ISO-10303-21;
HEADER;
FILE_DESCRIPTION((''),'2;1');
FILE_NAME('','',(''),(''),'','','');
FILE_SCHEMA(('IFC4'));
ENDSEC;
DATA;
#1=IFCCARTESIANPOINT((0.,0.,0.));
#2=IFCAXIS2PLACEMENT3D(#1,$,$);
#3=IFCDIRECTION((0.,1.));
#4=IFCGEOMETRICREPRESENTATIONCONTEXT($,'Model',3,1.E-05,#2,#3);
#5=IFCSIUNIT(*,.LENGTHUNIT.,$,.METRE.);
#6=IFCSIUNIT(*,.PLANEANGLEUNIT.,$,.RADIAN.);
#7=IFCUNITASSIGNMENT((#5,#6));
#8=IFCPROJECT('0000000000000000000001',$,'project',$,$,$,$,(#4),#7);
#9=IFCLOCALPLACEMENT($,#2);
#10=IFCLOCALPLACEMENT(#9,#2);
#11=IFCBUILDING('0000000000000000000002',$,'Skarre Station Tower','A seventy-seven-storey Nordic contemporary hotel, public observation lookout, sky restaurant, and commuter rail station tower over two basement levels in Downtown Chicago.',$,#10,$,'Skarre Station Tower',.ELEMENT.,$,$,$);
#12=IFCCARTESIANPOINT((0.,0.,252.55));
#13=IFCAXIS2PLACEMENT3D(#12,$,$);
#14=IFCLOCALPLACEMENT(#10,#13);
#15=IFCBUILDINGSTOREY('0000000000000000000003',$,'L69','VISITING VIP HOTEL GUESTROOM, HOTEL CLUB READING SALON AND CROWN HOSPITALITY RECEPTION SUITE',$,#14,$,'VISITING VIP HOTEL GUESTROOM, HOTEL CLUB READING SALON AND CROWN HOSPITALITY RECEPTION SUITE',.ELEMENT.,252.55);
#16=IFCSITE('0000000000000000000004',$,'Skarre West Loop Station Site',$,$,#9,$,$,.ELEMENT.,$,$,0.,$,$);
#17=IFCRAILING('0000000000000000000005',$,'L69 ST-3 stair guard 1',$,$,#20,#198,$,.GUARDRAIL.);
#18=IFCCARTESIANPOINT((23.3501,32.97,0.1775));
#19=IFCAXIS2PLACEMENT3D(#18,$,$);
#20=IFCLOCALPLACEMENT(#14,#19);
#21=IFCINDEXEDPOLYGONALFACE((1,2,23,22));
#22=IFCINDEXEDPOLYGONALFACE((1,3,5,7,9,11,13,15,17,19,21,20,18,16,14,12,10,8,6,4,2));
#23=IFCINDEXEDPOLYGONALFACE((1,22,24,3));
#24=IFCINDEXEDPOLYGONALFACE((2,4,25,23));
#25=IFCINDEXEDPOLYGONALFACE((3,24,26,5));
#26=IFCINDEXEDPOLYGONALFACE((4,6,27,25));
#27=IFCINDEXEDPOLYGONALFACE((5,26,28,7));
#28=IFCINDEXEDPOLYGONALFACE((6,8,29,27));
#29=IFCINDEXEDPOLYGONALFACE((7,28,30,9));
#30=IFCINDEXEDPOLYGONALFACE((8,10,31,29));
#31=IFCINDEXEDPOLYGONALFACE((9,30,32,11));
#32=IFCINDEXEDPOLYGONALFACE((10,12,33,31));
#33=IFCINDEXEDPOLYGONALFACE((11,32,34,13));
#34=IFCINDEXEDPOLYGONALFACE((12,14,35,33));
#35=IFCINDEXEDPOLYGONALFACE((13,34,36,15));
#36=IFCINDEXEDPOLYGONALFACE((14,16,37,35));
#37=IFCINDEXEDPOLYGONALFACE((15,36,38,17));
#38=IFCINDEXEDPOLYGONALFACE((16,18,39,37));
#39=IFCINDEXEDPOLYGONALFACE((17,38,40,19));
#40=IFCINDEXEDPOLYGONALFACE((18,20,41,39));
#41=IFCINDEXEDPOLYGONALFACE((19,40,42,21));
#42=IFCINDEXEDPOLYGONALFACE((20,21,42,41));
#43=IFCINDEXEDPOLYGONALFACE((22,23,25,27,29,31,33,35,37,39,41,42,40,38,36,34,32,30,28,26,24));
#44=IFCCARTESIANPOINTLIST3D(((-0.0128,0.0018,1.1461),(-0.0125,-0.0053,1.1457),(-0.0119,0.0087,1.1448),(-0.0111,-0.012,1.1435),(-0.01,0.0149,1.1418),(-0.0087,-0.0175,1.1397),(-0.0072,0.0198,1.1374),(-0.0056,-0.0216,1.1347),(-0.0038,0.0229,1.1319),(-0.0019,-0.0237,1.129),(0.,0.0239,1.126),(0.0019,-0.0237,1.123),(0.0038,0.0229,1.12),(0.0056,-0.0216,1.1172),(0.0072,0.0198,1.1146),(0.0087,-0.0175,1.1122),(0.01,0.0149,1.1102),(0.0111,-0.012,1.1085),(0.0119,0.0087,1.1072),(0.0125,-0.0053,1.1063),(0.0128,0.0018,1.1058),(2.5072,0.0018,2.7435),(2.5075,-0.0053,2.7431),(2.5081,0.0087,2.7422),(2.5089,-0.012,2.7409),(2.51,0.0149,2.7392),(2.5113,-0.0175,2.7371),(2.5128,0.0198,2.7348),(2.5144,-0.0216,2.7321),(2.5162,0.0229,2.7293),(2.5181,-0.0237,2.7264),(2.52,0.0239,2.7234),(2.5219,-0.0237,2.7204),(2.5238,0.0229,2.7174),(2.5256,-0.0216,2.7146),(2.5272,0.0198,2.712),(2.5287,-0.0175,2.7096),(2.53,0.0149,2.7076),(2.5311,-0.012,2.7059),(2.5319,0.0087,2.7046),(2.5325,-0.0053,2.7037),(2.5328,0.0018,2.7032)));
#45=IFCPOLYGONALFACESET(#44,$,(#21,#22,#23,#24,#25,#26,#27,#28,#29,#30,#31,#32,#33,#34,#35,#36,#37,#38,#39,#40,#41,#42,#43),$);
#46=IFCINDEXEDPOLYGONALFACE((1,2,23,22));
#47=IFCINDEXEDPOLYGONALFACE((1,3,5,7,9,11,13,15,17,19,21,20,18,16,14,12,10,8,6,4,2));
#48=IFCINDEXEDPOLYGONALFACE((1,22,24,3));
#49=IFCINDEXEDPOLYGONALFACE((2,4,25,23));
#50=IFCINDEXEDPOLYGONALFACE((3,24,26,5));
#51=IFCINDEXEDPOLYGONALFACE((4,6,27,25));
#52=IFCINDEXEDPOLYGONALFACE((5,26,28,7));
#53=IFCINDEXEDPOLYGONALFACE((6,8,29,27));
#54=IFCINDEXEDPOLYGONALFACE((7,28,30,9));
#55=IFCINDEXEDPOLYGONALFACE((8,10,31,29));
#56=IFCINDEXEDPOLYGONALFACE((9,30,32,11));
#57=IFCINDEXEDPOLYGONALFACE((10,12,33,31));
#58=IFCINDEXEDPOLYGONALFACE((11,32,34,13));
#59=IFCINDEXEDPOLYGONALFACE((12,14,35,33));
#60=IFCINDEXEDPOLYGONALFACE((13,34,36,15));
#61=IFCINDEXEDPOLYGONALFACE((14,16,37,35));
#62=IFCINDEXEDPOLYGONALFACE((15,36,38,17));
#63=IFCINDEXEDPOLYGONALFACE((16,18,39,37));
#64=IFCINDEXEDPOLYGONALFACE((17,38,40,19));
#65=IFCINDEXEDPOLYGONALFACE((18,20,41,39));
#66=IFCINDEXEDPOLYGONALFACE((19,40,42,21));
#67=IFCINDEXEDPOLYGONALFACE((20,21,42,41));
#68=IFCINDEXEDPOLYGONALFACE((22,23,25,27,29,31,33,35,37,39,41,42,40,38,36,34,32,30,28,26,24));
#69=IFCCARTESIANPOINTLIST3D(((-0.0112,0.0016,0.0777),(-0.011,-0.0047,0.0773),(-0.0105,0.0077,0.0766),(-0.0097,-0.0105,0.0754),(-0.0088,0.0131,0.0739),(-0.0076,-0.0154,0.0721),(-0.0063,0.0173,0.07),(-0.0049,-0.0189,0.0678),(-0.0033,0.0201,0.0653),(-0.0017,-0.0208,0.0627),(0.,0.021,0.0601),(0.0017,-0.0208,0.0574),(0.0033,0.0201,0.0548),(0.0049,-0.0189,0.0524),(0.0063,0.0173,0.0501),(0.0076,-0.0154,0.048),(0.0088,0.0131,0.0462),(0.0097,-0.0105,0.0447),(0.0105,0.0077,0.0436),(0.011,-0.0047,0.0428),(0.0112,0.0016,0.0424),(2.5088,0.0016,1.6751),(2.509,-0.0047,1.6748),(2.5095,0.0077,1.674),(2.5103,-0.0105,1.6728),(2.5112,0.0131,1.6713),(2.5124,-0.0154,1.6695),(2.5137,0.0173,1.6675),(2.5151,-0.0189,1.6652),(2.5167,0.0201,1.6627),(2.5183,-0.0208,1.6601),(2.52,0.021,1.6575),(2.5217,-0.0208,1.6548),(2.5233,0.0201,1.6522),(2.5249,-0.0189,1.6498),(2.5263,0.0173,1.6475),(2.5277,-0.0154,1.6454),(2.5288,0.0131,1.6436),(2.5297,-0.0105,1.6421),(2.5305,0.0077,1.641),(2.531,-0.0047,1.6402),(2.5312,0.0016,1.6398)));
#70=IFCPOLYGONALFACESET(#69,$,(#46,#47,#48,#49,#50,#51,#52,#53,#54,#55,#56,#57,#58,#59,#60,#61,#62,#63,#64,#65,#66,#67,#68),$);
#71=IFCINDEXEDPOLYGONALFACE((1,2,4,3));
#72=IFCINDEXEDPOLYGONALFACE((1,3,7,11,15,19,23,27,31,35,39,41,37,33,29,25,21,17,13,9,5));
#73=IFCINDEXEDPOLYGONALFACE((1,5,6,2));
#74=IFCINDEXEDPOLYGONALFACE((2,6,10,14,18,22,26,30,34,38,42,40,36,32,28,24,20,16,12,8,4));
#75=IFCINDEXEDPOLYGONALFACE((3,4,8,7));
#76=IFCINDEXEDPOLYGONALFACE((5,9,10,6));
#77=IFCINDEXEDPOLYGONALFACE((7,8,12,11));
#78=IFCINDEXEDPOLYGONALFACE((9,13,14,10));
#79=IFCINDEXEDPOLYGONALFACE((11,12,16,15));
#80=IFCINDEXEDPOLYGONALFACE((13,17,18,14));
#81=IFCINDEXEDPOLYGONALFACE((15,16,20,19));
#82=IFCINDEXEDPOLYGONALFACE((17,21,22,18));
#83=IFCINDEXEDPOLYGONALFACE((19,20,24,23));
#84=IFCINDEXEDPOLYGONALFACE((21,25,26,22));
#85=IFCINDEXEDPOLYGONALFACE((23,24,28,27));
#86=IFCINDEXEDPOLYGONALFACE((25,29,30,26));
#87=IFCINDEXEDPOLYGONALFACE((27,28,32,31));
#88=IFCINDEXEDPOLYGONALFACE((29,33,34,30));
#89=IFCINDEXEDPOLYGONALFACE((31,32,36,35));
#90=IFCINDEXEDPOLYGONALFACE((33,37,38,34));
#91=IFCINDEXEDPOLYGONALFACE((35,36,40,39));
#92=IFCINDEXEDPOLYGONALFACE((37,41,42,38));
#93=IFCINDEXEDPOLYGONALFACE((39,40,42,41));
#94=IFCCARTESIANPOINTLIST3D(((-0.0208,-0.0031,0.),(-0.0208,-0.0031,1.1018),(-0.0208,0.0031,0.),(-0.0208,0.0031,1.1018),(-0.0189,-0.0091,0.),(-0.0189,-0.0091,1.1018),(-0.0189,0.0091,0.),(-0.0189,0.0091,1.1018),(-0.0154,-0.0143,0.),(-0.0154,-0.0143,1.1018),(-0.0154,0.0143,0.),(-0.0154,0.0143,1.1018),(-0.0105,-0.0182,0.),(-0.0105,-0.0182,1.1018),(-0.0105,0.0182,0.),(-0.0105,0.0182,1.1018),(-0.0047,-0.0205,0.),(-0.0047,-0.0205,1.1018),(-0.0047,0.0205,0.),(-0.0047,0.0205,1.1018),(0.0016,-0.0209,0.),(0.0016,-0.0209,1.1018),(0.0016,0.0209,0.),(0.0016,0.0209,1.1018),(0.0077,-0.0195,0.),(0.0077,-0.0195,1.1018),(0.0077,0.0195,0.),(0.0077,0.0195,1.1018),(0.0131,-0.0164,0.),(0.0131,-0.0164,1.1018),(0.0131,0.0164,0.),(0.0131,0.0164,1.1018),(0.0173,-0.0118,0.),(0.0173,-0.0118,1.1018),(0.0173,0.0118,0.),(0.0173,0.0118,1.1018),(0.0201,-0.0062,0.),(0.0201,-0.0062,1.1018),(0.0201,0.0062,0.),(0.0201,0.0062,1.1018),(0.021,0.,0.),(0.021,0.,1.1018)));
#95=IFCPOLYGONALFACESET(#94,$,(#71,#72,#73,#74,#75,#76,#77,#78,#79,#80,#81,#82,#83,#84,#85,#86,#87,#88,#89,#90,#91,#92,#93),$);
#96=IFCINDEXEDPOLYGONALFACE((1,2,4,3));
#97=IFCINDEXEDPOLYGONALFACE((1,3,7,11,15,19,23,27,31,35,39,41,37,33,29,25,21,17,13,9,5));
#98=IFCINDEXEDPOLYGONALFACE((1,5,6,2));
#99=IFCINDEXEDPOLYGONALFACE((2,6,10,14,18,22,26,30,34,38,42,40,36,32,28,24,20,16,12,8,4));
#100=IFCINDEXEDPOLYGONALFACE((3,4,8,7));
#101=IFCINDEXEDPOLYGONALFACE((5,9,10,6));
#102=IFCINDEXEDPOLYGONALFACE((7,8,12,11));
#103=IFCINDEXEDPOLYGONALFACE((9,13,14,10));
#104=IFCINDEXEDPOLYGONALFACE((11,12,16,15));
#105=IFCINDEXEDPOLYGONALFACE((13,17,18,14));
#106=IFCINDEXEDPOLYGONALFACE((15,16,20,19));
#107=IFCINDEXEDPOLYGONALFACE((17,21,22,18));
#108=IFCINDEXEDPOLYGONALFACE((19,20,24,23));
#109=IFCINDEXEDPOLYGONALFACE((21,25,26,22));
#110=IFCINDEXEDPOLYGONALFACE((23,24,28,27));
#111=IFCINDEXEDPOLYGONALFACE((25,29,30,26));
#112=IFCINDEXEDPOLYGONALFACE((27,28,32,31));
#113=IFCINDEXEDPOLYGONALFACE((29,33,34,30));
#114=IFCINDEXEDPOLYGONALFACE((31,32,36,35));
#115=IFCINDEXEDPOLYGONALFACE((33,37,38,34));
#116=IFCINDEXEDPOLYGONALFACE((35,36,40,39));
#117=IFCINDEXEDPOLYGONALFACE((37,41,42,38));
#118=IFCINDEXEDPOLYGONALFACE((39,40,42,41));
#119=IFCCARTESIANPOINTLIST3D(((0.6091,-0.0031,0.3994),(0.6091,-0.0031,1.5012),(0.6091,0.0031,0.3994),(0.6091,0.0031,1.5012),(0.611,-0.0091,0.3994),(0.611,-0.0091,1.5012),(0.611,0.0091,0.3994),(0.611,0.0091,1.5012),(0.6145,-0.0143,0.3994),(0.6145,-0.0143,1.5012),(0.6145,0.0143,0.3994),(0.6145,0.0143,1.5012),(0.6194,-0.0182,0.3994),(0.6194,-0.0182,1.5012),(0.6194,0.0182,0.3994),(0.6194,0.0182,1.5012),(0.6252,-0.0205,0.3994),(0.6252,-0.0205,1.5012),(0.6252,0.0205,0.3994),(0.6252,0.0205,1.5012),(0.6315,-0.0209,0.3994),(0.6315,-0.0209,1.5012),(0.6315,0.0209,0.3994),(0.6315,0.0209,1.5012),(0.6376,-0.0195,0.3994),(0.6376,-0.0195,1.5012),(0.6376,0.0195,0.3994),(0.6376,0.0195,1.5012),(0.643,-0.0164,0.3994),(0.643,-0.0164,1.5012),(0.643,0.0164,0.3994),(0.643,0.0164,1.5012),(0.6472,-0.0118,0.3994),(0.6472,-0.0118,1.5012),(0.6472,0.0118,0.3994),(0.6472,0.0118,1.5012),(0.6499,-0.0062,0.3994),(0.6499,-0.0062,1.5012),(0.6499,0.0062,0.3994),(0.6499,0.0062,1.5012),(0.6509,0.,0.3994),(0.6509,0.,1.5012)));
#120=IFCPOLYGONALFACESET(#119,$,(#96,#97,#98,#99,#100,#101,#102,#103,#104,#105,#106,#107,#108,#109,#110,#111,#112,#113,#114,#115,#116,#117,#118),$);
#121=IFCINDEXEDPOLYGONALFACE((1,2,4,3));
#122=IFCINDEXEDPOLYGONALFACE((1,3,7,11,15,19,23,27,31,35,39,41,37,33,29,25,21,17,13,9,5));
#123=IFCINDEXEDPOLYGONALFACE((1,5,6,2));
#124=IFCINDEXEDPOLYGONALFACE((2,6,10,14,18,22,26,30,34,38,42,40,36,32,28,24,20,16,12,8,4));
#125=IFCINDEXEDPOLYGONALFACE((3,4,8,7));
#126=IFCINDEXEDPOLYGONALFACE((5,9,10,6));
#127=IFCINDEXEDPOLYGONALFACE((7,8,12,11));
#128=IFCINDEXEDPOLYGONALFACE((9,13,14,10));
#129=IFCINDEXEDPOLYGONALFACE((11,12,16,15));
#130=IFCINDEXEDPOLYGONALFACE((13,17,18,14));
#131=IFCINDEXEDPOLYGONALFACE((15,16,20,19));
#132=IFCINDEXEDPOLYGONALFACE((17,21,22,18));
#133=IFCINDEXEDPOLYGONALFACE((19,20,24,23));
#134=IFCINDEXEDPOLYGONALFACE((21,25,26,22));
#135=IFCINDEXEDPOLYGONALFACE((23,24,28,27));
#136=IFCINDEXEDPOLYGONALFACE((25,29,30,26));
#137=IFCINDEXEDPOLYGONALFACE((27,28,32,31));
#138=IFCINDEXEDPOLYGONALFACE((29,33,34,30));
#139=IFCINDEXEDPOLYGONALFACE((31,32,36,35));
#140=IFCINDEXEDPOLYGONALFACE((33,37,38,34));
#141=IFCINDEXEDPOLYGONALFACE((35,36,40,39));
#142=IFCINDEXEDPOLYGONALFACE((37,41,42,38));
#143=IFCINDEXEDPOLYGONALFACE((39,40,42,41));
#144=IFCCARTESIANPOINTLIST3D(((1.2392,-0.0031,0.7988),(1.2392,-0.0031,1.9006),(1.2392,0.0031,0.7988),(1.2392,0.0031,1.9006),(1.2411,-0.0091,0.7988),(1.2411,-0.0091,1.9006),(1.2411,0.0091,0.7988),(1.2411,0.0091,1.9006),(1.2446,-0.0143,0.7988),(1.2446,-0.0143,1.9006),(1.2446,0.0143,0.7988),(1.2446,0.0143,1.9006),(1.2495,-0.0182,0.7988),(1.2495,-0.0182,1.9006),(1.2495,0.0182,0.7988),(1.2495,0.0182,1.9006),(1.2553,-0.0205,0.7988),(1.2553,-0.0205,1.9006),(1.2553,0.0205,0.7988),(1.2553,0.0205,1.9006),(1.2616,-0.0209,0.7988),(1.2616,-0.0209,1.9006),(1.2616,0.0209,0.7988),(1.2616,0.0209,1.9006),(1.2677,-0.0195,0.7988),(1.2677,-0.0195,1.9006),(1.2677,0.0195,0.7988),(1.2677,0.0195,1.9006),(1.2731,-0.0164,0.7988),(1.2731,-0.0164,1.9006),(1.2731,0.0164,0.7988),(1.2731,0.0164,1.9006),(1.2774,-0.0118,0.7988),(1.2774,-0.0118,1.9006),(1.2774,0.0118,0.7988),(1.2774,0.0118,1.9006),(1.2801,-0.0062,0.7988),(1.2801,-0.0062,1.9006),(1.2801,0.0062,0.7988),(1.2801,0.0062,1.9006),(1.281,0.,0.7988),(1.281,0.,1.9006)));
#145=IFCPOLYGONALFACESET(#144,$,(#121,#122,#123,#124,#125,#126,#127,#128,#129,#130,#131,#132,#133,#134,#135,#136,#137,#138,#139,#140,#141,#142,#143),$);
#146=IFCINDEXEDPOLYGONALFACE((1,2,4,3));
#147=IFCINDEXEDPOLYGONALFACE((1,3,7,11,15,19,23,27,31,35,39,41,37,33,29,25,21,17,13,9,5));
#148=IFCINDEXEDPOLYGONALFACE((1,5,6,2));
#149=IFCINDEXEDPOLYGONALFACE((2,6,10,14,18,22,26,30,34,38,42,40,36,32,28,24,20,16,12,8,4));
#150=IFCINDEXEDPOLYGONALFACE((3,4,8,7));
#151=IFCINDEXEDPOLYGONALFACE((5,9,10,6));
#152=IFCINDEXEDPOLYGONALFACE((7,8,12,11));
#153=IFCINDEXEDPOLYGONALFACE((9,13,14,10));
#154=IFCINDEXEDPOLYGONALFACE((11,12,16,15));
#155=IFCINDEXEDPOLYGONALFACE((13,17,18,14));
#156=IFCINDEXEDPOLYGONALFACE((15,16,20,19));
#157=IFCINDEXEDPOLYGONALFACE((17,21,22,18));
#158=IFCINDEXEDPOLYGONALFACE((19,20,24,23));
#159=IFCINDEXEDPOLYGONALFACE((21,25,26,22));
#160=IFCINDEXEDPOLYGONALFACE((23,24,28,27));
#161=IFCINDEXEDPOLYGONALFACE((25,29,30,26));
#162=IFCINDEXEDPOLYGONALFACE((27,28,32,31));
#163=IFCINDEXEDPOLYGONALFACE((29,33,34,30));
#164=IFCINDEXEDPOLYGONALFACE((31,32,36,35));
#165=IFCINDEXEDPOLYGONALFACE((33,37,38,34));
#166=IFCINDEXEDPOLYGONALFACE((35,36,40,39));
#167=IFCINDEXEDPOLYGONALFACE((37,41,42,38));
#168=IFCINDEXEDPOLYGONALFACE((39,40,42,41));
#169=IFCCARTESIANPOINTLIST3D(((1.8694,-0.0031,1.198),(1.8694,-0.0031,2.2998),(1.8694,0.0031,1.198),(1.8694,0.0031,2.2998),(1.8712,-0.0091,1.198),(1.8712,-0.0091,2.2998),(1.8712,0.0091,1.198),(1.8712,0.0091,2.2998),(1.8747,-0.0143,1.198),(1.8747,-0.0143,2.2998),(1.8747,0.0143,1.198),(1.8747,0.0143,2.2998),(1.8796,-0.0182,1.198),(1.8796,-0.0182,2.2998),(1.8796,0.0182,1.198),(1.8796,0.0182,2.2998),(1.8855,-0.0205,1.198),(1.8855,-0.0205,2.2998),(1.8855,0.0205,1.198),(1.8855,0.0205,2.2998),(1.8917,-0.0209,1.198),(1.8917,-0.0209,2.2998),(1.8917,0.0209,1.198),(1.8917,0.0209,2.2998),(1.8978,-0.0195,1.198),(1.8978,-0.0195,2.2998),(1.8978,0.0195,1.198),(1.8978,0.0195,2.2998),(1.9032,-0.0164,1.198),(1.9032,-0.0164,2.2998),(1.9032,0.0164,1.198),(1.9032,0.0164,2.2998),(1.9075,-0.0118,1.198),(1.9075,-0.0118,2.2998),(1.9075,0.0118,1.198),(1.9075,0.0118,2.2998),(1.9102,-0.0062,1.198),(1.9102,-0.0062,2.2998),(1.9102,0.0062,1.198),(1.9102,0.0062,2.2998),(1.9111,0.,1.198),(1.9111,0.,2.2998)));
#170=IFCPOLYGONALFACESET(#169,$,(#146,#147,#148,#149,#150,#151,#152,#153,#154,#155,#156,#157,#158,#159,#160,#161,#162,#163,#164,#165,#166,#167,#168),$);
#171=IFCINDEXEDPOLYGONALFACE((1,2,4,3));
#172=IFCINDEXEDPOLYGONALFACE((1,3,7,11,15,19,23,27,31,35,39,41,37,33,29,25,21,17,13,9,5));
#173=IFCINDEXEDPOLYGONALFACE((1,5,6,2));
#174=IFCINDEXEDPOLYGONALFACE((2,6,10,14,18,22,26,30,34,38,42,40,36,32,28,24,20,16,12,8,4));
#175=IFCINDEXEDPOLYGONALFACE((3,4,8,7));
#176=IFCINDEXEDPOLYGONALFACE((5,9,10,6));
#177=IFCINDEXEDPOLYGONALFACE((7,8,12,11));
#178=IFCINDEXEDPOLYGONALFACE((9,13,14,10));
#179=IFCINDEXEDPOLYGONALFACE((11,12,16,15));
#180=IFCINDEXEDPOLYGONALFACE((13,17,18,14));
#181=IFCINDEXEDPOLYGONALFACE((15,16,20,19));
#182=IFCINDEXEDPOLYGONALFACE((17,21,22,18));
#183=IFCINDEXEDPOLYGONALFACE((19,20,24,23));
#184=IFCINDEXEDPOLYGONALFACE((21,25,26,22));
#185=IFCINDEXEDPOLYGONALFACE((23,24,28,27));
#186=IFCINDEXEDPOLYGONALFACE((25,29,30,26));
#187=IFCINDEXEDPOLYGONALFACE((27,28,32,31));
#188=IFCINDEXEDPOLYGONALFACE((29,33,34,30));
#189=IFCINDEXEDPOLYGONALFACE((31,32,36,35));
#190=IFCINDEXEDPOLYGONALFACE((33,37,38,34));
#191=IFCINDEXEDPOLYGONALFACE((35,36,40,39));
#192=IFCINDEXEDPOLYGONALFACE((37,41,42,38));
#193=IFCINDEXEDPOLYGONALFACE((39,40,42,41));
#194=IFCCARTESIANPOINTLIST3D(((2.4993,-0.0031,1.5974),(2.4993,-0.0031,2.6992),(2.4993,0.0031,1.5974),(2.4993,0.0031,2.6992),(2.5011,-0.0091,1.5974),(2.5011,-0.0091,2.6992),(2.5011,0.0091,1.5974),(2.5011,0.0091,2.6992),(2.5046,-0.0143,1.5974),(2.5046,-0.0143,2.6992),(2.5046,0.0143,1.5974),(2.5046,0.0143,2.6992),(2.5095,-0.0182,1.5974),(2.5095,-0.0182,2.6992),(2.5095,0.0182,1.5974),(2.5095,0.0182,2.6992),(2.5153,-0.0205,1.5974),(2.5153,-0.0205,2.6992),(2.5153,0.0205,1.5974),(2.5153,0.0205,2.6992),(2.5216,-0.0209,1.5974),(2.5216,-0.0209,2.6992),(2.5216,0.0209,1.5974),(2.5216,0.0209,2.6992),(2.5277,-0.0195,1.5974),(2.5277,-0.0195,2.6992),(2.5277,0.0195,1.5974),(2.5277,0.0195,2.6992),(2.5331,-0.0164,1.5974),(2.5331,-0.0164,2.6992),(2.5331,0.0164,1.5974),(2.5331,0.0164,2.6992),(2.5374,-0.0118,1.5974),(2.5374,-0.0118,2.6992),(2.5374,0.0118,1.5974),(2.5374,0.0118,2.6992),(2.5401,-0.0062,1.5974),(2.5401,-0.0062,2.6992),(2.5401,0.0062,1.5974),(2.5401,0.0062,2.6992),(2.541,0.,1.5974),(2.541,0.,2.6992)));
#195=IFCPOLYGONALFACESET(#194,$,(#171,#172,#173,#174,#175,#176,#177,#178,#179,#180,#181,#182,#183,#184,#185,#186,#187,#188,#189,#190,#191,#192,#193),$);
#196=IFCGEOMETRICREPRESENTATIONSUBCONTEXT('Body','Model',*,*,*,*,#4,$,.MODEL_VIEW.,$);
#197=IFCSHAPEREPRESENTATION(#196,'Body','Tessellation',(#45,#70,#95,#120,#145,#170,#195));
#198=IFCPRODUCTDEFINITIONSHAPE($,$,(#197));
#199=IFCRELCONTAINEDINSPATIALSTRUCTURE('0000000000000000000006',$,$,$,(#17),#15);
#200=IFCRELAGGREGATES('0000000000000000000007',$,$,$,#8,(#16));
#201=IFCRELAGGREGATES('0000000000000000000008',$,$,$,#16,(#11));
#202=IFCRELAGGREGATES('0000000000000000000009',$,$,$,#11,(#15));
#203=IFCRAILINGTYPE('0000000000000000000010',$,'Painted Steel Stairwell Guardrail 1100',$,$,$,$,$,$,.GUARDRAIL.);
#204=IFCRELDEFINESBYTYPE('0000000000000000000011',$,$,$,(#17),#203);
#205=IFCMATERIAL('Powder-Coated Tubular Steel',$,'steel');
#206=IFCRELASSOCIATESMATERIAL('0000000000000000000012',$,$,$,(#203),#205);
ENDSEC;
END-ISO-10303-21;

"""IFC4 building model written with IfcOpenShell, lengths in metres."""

from ifc_helpers import new_model, si_unit, direction, frame, origin, origin_2d, place, context, subcontext, project, spatial, circle, extrude, material, type_object, element, save


model = new_model("IFC4")

# Units and contexts
model_context = context("Model", 3, precision=1e-05, world=origin(), true_north=direction((0.0, 1.0)))
body_context = subcontext(model_context, "Body", "Model", "MODEL_VIEW")
ifc_project = project(units=[si_unit("LENGTHUNIT", "METRE"), si_unit("PLANEANGLEUNIT", "RADIAN")], contexts=[model_context])

# Site, building, storey
site_placement = place(None, origin())
site = spatial("IfcSite", under=ifc_project, at=site_placement, Name="Skarre West Loop Station Site", CompositionType="ELEMENT", RefElevation=0.0)
building_placement = place(site_placement, origin())
building = spatial("IfcBuilding", under=site, at=building_placement, Name="Skarre Station Tower", Description="A seventy-seven-storey Nordic contemporary hotel, public observation lookout, sky restaurant, and commuter rail station tower over two basement levels in Downtown Chicago.", LongName="Skarre Station Tower", CompositionType="ELEMENT")
storey_placement = place(building_placement, frame((0.0, 0.0, 252.55)))
storey = spatial("IfcBuildingStorey", under=building, at=storey_placement, Name="L69", Description="VISITING VIP HOTEL GUESTROOM, HOTEL CLUB READING SALON AND CROWN HOSPITALITY RECEPTION SUITE", LongName="VISITING VIP HOTEL GUESTROOM, HOTEL CLUB READING SALON AND CROWN HOSPITALITY RECEPTION SUITE", CompositionType="ELEMENT", Elevation=252.55)

# Railing
ifc_material_1 = material(Name="Powder-Coated Tubular Steel", Category="steel")
railing_type_1 = type_object("IfcRailingType", Name="Painted Steel Stairwell Guardrail 1100", PredefinedType="GUARDRAIL", material=ifc_material_1)
railing_1_placement = place(storey_placement, frame((23.3501, 32.97, 0.1775)))
element("IfcRailing", 1, at=railing_1_placement, inside=storey, type_object=railing_type_1, Name="L69 ST-3 stair guard 1", PredefinedType="GUARDRAIL", context=body_context, shape_type="SweptSolid", body=[
    extrude(circle(Radius=0.0239, at=origin_2d()), frame((0.0, 0.0, 1.126), z_axis=(0.844607, 0.0, 0.535387), x_axis=(0.0, 1.0, 0.0)), (0.0, 0.0, 1.0), 2.9836),
    extrude(circle(Radius=0.021, at=origin_2d()), frame((0.0, 0.0, 0.0601), z_axis=(0.844607, 0.0, 0.535387), x_axis=(0.0, 1.0, 0.0)), (0.0, 0.0, 1.0), 2.9836),
    extrude(circle(Radius=0.021, at=origin_2d()), origin(), (0.0, 0.0, 1.0), 1.1018),
    extrude(circle(Radius=0.021, at=origin_2d()), frame((0.6299, 0.0, 0.3994)), (0.0, 0.0, 1.0), 1.1018),
    extrude(circle(Radius=0.021, at=origin_2d()), frame((1.26, 0.0, 0.7988)), (0.0, 0.0, 1.0), 1.1018),
    extrude(circle(Radius=0.021, at=origin_2d()), frame((1.8901, 0.0, 1.198)), (0.0, 0.0, 1.0), 1.1018),
    extrude(circle(Radius=0.021, at=origin_2d()), frame((2.52, 0.0, 1.5974)), (0.0, 0.0, 1.0), 1.1018),
])

save(model, "model.ifc")
